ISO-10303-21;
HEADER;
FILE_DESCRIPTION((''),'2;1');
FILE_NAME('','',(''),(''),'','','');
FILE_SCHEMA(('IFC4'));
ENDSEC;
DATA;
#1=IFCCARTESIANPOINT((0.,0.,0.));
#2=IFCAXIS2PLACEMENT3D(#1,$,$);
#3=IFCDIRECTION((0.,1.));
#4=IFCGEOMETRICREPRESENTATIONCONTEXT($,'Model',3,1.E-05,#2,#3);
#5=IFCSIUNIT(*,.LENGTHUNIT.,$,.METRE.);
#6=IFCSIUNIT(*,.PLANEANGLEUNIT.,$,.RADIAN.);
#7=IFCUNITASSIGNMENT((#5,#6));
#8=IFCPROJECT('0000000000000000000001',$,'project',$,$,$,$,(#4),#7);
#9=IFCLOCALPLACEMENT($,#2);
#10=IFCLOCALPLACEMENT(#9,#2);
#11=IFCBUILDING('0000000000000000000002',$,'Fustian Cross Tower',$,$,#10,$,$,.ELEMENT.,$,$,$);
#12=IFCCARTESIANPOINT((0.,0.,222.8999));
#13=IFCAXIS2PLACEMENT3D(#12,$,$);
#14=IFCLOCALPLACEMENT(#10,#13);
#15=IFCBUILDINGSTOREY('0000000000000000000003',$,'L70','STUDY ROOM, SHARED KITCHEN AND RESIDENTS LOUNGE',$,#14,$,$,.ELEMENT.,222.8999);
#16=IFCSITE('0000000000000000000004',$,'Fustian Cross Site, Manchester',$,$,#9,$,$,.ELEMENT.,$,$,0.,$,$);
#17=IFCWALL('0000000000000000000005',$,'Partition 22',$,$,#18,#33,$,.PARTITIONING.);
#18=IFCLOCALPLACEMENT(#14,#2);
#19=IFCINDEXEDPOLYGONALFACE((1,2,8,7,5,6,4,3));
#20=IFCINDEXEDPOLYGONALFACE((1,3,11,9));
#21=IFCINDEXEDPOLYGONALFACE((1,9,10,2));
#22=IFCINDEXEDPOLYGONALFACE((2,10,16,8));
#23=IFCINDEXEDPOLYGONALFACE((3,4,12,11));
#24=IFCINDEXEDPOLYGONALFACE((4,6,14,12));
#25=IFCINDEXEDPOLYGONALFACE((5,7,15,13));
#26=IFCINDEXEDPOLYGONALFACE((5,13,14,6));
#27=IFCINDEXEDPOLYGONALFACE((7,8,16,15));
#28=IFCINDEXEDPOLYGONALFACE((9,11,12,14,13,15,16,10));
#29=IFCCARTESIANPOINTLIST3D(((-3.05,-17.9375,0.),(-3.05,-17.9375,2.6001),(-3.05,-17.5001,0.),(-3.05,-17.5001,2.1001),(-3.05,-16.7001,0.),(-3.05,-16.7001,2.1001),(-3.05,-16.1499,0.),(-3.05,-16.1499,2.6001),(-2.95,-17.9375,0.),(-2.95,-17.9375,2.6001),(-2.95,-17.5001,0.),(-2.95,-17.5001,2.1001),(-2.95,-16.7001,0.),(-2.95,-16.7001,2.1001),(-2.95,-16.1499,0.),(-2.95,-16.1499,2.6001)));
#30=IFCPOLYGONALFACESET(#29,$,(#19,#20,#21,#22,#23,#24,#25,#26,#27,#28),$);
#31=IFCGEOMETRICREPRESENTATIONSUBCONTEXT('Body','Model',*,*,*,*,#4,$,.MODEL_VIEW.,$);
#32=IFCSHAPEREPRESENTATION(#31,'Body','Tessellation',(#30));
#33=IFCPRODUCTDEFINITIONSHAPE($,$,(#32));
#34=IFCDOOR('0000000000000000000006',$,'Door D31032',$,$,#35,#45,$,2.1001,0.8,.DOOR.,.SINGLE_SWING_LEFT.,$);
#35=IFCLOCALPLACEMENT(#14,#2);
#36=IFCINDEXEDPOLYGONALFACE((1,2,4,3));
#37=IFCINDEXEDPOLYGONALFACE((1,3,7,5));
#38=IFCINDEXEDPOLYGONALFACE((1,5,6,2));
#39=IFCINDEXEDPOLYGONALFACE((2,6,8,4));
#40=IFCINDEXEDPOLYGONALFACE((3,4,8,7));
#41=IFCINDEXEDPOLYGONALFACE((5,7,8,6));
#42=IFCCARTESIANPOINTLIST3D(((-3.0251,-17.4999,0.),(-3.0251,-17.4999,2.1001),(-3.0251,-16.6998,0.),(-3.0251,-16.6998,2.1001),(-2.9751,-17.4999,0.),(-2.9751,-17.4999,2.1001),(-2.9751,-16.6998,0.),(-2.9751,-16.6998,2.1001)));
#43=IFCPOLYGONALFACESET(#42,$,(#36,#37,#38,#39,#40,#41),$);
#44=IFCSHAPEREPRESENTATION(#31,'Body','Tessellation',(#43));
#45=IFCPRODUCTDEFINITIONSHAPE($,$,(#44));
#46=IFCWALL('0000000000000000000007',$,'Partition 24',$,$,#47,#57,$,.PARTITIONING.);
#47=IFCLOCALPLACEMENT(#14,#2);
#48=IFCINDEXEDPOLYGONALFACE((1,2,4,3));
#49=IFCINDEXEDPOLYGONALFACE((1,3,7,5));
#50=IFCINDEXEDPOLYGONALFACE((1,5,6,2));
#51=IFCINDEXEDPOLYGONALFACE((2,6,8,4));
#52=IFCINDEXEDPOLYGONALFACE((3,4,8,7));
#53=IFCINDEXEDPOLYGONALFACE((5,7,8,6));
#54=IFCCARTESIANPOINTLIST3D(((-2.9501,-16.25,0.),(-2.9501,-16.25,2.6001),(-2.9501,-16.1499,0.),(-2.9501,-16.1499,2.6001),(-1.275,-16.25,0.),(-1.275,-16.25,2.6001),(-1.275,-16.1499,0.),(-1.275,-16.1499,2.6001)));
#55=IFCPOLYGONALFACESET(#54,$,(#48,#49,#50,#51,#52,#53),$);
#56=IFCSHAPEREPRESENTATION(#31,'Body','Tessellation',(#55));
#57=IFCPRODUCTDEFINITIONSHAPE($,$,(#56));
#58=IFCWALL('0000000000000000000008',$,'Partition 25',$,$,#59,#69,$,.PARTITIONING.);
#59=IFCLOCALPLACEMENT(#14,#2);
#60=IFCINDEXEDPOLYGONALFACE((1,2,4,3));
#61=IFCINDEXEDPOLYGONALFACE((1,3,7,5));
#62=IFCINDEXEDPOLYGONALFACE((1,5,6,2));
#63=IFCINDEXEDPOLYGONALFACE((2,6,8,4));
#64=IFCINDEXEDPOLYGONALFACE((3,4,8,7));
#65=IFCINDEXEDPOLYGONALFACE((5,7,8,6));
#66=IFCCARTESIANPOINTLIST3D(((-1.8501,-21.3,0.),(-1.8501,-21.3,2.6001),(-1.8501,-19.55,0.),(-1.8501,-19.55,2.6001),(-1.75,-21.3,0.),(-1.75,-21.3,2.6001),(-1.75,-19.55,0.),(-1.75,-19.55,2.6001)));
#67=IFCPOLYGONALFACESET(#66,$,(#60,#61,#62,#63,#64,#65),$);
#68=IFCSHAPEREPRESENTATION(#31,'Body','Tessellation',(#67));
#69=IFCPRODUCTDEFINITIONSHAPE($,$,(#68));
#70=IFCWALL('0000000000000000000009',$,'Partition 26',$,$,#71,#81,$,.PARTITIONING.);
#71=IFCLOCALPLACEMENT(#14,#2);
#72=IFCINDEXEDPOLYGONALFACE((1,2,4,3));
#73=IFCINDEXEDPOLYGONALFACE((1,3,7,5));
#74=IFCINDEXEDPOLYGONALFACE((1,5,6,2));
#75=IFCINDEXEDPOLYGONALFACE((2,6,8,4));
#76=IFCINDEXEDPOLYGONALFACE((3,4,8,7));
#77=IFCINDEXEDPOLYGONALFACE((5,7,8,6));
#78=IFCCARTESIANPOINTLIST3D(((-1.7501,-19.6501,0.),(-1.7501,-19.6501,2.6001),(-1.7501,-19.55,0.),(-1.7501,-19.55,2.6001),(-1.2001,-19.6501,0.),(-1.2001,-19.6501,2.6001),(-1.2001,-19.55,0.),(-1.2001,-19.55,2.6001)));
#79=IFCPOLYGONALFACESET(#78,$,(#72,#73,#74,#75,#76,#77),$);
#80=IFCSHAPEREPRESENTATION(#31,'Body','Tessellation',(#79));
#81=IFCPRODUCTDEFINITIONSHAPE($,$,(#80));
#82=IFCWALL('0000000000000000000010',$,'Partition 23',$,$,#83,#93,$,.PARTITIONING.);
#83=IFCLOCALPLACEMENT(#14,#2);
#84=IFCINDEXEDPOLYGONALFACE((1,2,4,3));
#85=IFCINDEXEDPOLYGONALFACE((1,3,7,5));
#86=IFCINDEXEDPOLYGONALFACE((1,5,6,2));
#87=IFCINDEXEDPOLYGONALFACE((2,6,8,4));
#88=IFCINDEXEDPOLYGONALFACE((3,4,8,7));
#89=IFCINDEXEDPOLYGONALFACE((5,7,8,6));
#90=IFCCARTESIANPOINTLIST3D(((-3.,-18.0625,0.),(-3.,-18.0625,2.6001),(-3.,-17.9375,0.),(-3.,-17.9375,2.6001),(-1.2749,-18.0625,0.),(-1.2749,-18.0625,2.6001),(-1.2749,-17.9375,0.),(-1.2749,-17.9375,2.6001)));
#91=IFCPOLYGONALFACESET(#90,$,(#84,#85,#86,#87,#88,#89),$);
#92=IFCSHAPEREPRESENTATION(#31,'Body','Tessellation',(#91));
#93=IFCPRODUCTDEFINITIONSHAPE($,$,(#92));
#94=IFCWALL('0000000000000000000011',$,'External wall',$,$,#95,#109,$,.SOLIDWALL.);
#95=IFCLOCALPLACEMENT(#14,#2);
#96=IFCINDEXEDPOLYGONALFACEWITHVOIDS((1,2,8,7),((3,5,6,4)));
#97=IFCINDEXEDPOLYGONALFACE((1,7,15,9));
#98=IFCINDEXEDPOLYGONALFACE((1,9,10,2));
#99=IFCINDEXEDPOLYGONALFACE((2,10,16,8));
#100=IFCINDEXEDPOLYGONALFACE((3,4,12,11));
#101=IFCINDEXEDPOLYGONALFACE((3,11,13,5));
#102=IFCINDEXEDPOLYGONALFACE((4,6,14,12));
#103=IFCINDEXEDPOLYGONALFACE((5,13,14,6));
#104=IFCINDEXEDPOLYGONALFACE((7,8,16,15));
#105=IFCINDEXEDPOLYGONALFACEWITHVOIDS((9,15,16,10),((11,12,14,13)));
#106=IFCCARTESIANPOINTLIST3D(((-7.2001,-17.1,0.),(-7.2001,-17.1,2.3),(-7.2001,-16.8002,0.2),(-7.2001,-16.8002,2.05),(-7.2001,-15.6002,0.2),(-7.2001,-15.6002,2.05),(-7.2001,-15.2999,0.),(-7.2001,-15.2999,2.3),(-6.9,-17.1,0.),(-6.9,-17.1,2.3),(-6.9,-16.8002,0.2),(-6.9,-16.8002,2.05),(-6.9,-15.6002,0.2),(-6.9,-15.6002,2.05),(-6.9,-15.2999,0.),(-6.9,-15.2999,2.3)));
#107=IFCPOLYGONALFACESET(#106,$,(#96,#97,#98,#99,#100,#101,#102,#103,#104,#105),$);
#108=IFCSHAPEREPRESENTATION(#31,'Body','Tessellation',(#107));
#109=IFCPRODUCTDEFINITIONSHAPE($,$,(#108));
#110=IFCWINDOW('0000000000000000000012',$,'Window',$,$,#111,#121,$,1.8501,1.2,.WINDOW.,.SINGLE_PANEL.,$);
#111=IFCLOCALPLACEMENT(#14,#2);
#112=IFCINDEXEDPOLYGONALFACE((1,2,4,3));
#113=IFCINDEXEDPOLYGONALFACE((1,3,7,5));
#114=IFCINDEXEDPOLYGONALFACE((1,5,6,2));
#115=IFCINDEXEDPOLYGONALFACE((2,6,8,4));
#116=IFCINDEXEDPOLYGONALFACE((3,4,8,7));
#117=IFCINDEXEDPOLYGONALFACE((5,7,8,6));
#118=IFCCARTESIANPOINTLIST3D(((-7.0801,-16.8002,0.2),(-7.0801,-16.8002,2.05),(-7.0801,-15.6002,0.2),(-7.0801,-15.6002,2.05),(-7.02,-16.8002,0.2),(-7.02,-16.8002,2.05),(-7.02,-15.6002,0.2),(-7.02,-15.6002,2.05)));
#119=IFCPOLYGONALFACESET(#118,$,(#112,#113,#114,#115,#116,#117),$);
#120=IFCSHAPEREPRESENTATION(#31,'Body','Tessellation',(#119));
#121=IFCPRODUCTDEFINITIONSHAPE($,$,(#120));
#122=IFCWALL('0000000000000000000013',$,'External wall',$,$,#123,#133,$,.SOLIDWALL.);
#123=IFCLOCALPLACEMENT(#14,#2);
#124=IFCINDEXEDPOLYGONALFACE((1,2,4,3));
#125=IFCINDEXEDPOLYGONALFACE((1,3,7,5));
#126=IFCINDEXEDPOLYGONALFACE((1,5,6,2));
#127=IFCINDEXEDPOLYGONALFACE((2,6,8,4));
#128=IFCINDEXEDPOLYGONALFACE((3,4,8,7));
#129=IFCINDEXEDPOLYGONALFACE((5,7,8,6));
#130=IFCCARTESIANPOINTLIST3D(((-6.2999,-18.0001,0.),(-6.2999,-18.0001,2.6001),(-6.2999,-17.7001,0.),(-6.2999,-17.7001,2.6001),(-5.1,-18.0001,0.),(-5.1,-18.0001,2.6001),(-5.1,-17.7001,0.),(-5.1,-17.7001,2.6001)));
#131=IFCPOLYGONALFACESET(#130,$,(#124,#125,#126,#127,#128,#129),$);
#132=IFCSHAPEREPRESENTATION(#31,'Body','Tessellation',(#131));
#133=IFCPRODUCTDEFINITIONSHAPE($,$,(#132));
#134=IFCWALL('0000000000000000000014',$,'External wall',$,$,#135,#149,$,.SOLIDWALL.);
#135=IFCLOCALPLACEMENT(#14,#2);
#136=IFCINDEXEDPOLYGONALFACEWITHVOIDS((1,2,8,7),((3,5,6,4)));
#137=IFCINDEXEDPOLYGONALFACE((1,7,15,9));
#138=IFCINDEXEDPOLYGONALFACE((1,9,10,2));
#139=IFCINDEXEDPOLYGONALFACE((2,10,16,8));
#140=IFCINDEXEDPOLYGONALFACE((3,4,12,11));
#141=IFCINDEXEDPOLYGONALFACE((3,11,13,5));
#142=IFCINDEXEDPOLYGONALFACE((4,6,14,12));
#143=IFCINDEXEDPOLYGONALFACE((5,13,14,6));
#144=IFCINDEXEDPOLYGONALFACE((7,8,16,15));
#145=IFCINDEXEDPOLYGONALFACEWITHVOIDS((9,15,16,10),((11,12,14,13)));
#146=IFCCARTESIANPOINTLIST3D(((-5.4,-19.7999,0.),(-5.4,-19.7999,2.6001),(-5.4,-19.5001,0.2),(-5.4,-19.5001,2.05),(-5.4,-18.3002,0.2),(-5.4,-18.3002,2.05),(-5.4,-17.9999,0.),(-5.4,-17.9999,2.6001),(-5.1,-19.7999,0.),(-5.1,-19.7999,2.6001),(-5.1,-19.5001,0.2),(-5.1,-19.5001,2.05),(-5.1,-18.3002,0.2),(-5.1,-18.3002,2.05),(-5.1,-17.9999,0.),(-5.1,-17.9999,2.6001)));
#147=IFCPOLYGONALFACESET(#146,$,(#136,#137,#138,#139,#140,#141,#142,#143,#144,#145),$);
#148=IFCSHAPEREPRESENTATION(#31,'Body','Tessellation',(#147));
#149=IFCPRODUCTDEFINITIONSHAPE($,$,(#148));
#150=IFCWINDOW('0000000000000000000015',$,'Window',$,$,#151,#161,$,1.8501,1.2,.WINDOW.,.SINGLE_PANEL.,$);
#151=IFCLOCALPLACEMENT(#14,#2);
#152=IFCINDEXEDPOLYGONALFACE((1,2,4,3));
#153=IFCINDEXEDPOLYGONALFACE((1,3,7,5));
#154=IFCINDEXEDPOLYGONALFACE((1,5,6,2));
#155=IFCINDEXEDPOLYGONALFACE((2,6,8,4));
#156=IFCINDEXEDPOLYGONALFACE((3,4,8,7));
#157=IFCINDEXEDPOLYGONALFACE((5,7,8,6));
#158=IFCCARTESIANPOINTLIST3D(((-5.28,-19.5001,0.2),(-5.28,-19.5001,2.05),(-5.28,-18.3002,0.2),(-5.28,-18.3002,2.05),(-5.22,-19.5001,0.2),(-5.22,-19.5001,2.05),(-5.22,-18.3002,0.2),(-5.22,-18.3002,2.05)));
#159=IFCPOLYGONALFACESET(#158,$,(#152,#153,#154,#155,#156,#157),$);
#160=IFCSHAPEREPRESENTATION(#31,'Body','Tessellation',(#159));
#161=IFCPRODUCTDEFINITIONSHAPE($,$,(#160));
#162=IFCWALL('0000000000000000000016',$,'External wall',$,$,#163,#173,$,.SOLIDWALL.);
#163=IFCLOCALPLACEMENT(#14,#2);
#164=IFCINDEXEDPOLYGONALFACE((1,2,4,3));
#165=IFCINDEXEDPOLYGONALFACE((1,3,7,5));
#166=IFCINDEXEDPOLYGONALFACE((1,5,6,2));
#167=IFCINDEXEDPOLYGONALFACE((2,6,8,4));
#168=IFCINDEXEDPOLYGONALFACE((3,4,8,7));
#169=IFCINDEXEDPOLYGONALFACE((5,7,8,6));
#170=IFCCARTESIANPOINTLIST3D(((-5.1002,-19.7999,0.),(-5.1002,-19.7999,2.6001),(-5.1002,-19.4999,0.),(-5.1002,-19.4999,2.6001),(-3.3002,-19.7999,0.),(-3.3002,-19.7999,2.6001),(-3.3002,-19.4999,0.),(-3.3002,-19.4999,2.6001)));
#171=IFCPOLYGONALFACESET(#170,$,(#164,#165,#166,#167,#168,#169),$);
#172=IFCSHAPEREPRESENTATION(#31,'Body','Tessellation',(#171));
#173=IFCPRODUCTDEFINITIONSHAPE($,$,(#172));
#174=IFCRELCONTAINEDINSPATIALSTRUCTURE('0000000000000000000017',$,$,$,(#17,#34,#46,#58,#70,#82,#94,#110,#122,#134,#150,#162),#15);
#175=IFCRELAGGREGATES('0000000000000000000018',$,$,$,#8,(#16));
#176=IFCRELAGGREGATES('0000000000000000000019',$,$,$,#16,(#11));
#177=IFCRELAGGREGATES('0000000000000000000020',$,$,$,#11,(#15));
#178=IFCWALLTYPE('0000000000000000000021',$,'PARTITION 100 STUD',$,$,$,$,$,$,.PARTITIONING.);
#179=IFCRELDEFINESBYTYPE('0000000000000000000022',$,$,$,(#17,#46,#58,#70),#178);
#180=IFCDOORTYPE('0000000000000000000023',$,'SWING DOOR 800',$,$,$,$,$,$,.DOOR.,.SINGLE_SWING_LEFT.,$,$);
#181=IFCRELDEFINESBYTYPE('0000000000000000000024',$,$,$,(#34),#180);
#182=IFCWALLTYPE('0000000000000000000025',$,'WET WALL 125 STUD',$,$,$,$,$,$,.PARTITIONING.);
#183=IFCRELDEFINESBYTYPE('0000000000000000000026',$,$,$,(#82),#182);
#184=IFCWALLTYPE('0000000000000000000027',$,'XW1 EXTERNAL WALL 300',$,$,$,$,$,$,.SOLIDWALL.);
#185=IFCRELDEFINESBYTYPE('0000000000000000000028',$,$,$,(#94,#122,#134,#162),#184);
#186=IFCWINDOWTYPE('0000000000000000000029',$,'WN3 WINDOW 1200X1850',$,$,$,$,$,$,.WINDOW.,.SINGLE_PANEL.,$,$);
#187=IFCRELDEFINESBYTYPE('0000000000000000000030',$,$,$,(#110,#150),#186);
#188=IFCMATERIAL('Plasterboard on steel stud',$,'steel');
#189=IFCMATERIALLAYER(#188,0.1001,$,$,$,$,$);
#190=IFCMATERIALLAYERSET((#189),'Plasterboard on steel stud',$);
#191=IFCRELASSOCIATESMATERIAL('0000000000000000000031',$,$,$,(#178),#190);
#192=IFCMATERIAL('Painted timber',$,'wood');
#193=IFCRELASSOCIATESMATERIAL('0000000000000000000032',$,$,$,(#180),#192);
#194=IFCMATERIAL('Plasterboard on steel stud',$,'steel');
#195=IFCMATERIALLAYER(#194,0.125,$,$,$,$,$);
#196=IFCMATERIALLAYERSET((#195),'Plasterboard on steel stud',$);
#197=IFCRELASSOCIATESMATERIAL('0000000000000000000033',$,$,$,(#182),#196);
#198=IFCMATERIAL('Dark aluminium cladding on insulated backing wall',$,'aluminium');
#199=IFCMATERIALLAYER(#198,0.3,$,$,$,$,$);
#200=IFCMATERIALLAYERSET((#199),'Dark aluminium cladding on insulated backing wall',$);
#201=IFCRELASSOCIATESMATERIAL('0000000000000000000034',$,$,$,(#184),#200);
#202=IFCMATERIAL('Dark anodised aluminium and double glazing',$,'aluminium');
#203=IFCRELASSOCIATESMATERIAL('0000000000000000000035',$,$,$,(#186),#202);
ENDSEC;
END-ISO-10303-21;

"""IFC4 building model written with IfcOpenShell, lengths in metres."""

from ifc_helpers import new_model, si_unit, direction, frame, frame_2d, origin, place, context, subcontext, project, spatial, rectangle, extrude, material, layer, layer_set, type_object, element, fill, save


model = new_model("IFC4")

# Units and contexts
model_context = context("Model", 3, precision=1e-05, world=origin(), true_north=direction((0.0, 1.0)))
body_context = subcontext(model_context, "Body", "Model", "MODEL_VIEW")
ifc_project = project(units=[si_unit("LENGTHUNIT", "METRE"), si_unit("PLANEANGLEUNIT", "RADIAN")], contexts=[model_context])

# Site, building, storey
site_placement = place(None, origin())
site = spatial("IfcSite", under=ifc_project, at=site_placement, Name="Fustian Cross Site, Manchester", CompositionType="ELEMENT", RefElevation=0.0)
building_placement = place(site_placement, origin())
building = spatial("IfcBuilding", under=site, at=building_placement, Name="Fustian Cross Tower", CompositionType="ELEMENT")
storey_placement = place(building_placement, frame((0.0, 0.0, 222.8999)))
storey = spatial("IfcBuildingStorey", under=building, at=storey_placement, Name="L70", Description="STUDY ROOM, SHARED KITCHEN AND RESIDENTS LOUNGE", CompositionType="ELEMENT", Elevation=222.8999)

# Shared definitions
ifc_material_1 = material(Name="Plasterboard on steel stud", Category="steel")
ifc_layer_1 = layer(ifc_material_1, 0.1001)
ifc_layer_set_1 = layer_set([ifc_layer_1], Name="Plasterboard on steel stud")
wall_type_1 = type_object("IfcWallType", Name="PARTITION 100 STUD", PredefinedType="PARTITIONING", material=ifc_layer_set_1)

# Wall, opening, door
wall_1_placement = place(storey_placement, frame((-3.0, -17.9375, 0.0), z_axis=(0.0, 0.0, 1.0), x_axis=(0.0, 1.0, 0.0)))
wall_1 = element("IfcWall", 1, at=wall_1_placement, inside=storey, type_object=wall_type_1, Name="Partition 22", PredefinedType="PARTITIONING", context=body_context, shape_type="SweptSolid", body=[
    extrude(rectangle(XDim=1.7876, YDim=0.1001, at=frame_2d((0.8938, 0.0))), origin(), (0.0, 0.0, 1.0), 2.6001),
])
opening_1_placement = place(wall_1_placement, frame((0.4375, 0.0, 0.0)))
opening_1 = element("IfcOpeningElement", 2, at=opening_1_placement, cuts=wall_1, PredefinedType="OPENING", context=body_context, shape_type="SweptSolid", body=[
    extrude(rectangle(XDim=0.8, YDim=2.1001, at=frame_2d((0.3999, 1.05))), frame((0.0, 0.0601, 0.0), z_axis=(0.0, -1.0, 0.0), x_axis=(1.0, 0.0, 0.0)), (0.0, 0.0, 1.0), 0.1201),
])
ifc_material_2 = material(Name="Painted timber", Category="wood")
door_type_1 = type_object("IfcDoorType", Name="SWING DOOR 800", OperationType="SINGLE_SWING_LEFT", PredefinedType="DOOR", material=ifc_material_2)
door_1_placement = place(opening_1_placement, frame((0.8, 0.0, 0.0), z_axis=(0.0, 0.0, 1.0), x_axis=(-1.0, 0.0, 0.0)))
door_1 = element("IfcDoor", 3, at=door_1_placement, inside=storey, type_object=door_type_1, Name="Door D31032", OperationType="SINGLE_SWING_LEFT", OverallHeight=2.1001, OverallWidth=0.8, PredefinedType="DOOR", context=body_context, shape_type="SweptSolid", body=[
    extrude(rectangle(XDim=0.8, YDim=2.1001, at=frame_2d((0.3999, 1.05))), frame((0.0, 0.0249, 0.0), z_axis=(0.0, -1.0, 0.0), x_axis=(1.0, 0.0, 0.0)), (0.0, 0.0, 1.0), 0.05),
])
fill(opening_1, door_1)

# Walls
wall_2_placement = place(storey_placement, frame((-2.95, -16.2, 0.0), z_axis=(0.0, 0.0, 1.0), x_axis=(1.0, 0.0, 0.0)))
element("IfcWall", 4, at=wall_2_placement, inside=storey, type_object=wall_type_1, Name="Partition 24", PredefinedType="PARTITIONING", context=body_context, shape_type="SweptSolid", body=[
    extrude(rectangle(XDim=1.675, YDim=0.1001, at=frame_2d((0.8374, 0.0))), origin(), (0.0, 0.0, 1.0), 2.6001),
])
wall_3_placement = place(storey_placement, frame((-1.8, -21.3, 0.0), z_axis=(0.0, 0.0, 1.0), x_axis=(0.0, 1.0, 0.0)))
element("IfcWall", 5, at=wall_3_placement, inside=storey, type_object=wall_type_1, Name="Partition 25", PredefinedType="PARTITIONING", context=body_context, shape_type="SweptSolid", body=[
    extrude(rectangle(XDim=1.75, YDim=0.1001, at=frame_2d((0.875, 0.0))), origin(), (0.0, 0.0, 1.0), 2.6001),
])
wall_4_placement = place(storey_placement, frame((-1.75, -19.6001, 0.0), z_axis=(0.0, 0.0, 1.0), x_axis=(1.0, 0.0, 0.0)))
element("IfcWall", 6, at=wall_4_placement, inside=storey, type_object=wall_type_1, Name="Partition 26", PredefinedType="PARTITIONING", context=body_context, shape_type="SweptSolid", body=[
    extrude(rectangle(XDim=0.55, YDim=0.1001, at=frame_2d((0.2749, 0.0))), origin(), (0.0, 0.0, 1.0), 2.6001),
])
ifc_material_3 = material(Name="Plasterboard on steel stud", Category="steel")
ifc_layer_2 = layer(ifc_material_3, 0.125)
ifc_layer_set_2 = layer_set([ifc_layer_2], Name="Plasterboard on steel stud")
wall_type_2 = type_object("IfcWallType", Name="WET WALL 125 STUD", PredefinedType="PARTITIONING", material=ifc_layer_set_2)
wall_5_placement = place(storey_placement, frame((-3.0, -18.0, 0.0), z_axis=(0.0, 0.0, 1.0), x_axis=(1.0, 0.0, 0.0)))
element("IfcWall", 7, at=wall_5_placement, inside=storey, type_object=wall_type_2, Name="Partition 23", PredefinedType="PARTITIONING", context=body_context, shape_type="SweptSolid", body=[
    extrude(rectangle(XDim=1.7251, YDim=0.125, at=frame_2d((0.8625, 0.0))), origin(), (0.0, 0.0, 1.0), 2.6001),
])

# Wall, opening, window
ifc_material_4 = material(Name="Dark aluminium cladding on insulated backing wall", Category="aluminium")
ifc_layer_3 = layer(ifc_material_4, 0.3)
ifc_layer_set_3 = layer_set([ifc_layer_3], Name="Dark aluminium cladding on insulated backing wall")
wall_type_3 = type_object("IfcWallType", Name="XW1 EXTERNAL WALL 300", PredefinedType="SOLIDWALL", material=ifc_layer_set_3)
wall_6_placement = place(storey_placement, frame((-7.05, -15.3, 0.0), z_axis=(0.0, 0.0, 1.0), x_axis=(0.0, -1.0, 0.0)))
wall_6 = element("IfcWall", 8, at=wall_6_placement, inside=storey, type_object=wall_type_3, Name="External wall", PredefinedType="SOLIDWALL", context=body_context, shape_type="SweptSolid", body=[
    extrude(rectangle(XDim=1.8, YDim=0.3, at=frame_2d((0.8999, 0.0))), origin(), (0.0, 0.0, 1.0), 2.3),
])
opening_2_placement = place(wall_6_placement, frame((0.3, 0.0, 0.2)))
opening_2 = element("IfcOpeningElement", 9, at=opening_2_placement, cuts=wall_6, PredefinedType="OPENING", context=body_context, shape_type="SweptSolid", body=[
    extrude(rectangle(XDim=1.2, YDim=1.8501, at=frame_2d((0.6001, 0.925))), frame((0.0, 0.1599, 0.0), z_axis=(0.0, -1.0, 0.0), x_axis=(1.0, 0.0, 0.0)), (0.0, 0.0, 1.0), 0.3201),
])
ifc_material_5 = material(Name="Dark anodised aluminium and double glazing", Category="aluminium")
window_type_1 = type_object("IfcWindowType", Name="WN3 WINDOW 1200X1850", PartitioningType="SINGLE_PANEL", PredefinedType="WINDOW", material=ifc_material_5)
window_1_placement = place(opening_2_placement, origin())
window_1 = element("IfcWindow", 10, at=window_1_placement, inside=storey, type_object=window_type_1, Name="Window", OverallHeight=1.8501, OverallWidth=1.2, PartitioningType="SINGLE_PANEL", PredefinedType="WINDOW", context=body_context, shape_type="SweptSolid", body=[
    extrude(rectangle(XDim=1.2, YDim=1.8501, at=frame_2d((0.6001, 0.925))), frame((0.0, 0.03, 0.0), z_axis=(0.0, -1.0, 0.0), x_axis=(1.0, 0.0, 0.0)), (0.0, 0.0, 1.0), 0.0601),
])
fill(opening_2, window_1)

# Wall
wall_7_placement = place(storey_placement, frame((-6.3, -17.8501, 0.0), z_axis=(0.0, 0.0, 1.0), x_axis=(1.0, 0.0, 0.0)))
element("IfcWall", 11, at=wall_7_placement, inside=storey, type_object=wall_type_3, Name="External wall", PredefinedType="SOLIDWALL", context=body_context, shape_type="SweptSolid", body=[
    extrude(rectangle(XDim=1.2, YDim=0.3, at=frame_2d((0.6001, 0.0))), origin(), (0.0, 0.0, 1.0), 2.6001),
])

# Wall, opening, window
wall_8_placement = place(storey_placement, frame((-5.25, -18.0, 0.0), z_axis=(0.0, 0.0, 1.0), x_axis=(0.0, -1.0, 0.0)))
wall_8 = element("IfcWall", 12, at=wall_8_placement, inside=storey, type_object=wall_type_3, Name="External wall", PredefinedType="SOLIDWALL", context=body_context, shape_type="SweptSolid", body=[
    extrude(rectangle(XDim=1.8, YDim=0.3, at=frame_2d((0.8999, 0.0))), origin(), (0.0, 0.0, 1.0), 2.6001),
])
opening_3_placement = place(wall_8_placement, frame((0.3, 0.0, 0.2)))
opening_3 = element("IfcOpeningElement", 13, at=opening_3_placement, cuts=wall_8, PredefinedType="OPENING", context=body_context, shape_type="SweptSolid", body=[
    extrude(rectangle(XDim=1.2, YDim=1.8501, at=frame_2d((0.6001, 0.925))), frame((0.0, 0.1599, 0.0), z_axis=(0.0, -1.0, 0.0), x_axis=(1.0, 0.0, 0.0)), (0.0, 0.0, 1.0), 0.3201),
])
window_2_placement = place(opening_3_placement, origin())
window_2 = element("IfcWindow", 14, at=window_2_placement, inside=storey, type_object=window_type_1, Name="Window", OverallHeight=1.8501, OverallWidth=1.2, PartitioningType="SINGLE_PANEL", PredefinedType="WINDOW", context=body_context, shape_type="SweptSolid", body=[
    extrude(rectangle(XDim=1.2, YDim=1.8501, at=frame_2d((0.6001, 0.925))), frame((0.0, 0.03, 0.0), z_axis=(0.0, -1.0, 0.0), x_axis=(1.0, 0.0, 0.0)), (0.0, 0.0, 1.0), 0.0601),
])
fill(opening_3, window_2)

# Wall
wall_9_placement = place(storey_placement, frame((-5.1001, -19.6499, 0.0), z_axis=(0.0, 0.0, 1.0), x_axis=(1.0, 0.0, 0.0)))
element("IfcWall", 15, at=wall_9_placement, inside=storey, type_object=wall_type_3, Name="External wall", PredefinedType="SOLIDWALL", context=body_context, shape_type="SweptSolid", body=[
    extrude(rectangle(XDim=1.8, YDim=0.3, at=frame_2d((0.8999, 0.0))), origin(), (0.0, 0.0, 1.0), 2.6001),
])

save(model, "model.ifc")
